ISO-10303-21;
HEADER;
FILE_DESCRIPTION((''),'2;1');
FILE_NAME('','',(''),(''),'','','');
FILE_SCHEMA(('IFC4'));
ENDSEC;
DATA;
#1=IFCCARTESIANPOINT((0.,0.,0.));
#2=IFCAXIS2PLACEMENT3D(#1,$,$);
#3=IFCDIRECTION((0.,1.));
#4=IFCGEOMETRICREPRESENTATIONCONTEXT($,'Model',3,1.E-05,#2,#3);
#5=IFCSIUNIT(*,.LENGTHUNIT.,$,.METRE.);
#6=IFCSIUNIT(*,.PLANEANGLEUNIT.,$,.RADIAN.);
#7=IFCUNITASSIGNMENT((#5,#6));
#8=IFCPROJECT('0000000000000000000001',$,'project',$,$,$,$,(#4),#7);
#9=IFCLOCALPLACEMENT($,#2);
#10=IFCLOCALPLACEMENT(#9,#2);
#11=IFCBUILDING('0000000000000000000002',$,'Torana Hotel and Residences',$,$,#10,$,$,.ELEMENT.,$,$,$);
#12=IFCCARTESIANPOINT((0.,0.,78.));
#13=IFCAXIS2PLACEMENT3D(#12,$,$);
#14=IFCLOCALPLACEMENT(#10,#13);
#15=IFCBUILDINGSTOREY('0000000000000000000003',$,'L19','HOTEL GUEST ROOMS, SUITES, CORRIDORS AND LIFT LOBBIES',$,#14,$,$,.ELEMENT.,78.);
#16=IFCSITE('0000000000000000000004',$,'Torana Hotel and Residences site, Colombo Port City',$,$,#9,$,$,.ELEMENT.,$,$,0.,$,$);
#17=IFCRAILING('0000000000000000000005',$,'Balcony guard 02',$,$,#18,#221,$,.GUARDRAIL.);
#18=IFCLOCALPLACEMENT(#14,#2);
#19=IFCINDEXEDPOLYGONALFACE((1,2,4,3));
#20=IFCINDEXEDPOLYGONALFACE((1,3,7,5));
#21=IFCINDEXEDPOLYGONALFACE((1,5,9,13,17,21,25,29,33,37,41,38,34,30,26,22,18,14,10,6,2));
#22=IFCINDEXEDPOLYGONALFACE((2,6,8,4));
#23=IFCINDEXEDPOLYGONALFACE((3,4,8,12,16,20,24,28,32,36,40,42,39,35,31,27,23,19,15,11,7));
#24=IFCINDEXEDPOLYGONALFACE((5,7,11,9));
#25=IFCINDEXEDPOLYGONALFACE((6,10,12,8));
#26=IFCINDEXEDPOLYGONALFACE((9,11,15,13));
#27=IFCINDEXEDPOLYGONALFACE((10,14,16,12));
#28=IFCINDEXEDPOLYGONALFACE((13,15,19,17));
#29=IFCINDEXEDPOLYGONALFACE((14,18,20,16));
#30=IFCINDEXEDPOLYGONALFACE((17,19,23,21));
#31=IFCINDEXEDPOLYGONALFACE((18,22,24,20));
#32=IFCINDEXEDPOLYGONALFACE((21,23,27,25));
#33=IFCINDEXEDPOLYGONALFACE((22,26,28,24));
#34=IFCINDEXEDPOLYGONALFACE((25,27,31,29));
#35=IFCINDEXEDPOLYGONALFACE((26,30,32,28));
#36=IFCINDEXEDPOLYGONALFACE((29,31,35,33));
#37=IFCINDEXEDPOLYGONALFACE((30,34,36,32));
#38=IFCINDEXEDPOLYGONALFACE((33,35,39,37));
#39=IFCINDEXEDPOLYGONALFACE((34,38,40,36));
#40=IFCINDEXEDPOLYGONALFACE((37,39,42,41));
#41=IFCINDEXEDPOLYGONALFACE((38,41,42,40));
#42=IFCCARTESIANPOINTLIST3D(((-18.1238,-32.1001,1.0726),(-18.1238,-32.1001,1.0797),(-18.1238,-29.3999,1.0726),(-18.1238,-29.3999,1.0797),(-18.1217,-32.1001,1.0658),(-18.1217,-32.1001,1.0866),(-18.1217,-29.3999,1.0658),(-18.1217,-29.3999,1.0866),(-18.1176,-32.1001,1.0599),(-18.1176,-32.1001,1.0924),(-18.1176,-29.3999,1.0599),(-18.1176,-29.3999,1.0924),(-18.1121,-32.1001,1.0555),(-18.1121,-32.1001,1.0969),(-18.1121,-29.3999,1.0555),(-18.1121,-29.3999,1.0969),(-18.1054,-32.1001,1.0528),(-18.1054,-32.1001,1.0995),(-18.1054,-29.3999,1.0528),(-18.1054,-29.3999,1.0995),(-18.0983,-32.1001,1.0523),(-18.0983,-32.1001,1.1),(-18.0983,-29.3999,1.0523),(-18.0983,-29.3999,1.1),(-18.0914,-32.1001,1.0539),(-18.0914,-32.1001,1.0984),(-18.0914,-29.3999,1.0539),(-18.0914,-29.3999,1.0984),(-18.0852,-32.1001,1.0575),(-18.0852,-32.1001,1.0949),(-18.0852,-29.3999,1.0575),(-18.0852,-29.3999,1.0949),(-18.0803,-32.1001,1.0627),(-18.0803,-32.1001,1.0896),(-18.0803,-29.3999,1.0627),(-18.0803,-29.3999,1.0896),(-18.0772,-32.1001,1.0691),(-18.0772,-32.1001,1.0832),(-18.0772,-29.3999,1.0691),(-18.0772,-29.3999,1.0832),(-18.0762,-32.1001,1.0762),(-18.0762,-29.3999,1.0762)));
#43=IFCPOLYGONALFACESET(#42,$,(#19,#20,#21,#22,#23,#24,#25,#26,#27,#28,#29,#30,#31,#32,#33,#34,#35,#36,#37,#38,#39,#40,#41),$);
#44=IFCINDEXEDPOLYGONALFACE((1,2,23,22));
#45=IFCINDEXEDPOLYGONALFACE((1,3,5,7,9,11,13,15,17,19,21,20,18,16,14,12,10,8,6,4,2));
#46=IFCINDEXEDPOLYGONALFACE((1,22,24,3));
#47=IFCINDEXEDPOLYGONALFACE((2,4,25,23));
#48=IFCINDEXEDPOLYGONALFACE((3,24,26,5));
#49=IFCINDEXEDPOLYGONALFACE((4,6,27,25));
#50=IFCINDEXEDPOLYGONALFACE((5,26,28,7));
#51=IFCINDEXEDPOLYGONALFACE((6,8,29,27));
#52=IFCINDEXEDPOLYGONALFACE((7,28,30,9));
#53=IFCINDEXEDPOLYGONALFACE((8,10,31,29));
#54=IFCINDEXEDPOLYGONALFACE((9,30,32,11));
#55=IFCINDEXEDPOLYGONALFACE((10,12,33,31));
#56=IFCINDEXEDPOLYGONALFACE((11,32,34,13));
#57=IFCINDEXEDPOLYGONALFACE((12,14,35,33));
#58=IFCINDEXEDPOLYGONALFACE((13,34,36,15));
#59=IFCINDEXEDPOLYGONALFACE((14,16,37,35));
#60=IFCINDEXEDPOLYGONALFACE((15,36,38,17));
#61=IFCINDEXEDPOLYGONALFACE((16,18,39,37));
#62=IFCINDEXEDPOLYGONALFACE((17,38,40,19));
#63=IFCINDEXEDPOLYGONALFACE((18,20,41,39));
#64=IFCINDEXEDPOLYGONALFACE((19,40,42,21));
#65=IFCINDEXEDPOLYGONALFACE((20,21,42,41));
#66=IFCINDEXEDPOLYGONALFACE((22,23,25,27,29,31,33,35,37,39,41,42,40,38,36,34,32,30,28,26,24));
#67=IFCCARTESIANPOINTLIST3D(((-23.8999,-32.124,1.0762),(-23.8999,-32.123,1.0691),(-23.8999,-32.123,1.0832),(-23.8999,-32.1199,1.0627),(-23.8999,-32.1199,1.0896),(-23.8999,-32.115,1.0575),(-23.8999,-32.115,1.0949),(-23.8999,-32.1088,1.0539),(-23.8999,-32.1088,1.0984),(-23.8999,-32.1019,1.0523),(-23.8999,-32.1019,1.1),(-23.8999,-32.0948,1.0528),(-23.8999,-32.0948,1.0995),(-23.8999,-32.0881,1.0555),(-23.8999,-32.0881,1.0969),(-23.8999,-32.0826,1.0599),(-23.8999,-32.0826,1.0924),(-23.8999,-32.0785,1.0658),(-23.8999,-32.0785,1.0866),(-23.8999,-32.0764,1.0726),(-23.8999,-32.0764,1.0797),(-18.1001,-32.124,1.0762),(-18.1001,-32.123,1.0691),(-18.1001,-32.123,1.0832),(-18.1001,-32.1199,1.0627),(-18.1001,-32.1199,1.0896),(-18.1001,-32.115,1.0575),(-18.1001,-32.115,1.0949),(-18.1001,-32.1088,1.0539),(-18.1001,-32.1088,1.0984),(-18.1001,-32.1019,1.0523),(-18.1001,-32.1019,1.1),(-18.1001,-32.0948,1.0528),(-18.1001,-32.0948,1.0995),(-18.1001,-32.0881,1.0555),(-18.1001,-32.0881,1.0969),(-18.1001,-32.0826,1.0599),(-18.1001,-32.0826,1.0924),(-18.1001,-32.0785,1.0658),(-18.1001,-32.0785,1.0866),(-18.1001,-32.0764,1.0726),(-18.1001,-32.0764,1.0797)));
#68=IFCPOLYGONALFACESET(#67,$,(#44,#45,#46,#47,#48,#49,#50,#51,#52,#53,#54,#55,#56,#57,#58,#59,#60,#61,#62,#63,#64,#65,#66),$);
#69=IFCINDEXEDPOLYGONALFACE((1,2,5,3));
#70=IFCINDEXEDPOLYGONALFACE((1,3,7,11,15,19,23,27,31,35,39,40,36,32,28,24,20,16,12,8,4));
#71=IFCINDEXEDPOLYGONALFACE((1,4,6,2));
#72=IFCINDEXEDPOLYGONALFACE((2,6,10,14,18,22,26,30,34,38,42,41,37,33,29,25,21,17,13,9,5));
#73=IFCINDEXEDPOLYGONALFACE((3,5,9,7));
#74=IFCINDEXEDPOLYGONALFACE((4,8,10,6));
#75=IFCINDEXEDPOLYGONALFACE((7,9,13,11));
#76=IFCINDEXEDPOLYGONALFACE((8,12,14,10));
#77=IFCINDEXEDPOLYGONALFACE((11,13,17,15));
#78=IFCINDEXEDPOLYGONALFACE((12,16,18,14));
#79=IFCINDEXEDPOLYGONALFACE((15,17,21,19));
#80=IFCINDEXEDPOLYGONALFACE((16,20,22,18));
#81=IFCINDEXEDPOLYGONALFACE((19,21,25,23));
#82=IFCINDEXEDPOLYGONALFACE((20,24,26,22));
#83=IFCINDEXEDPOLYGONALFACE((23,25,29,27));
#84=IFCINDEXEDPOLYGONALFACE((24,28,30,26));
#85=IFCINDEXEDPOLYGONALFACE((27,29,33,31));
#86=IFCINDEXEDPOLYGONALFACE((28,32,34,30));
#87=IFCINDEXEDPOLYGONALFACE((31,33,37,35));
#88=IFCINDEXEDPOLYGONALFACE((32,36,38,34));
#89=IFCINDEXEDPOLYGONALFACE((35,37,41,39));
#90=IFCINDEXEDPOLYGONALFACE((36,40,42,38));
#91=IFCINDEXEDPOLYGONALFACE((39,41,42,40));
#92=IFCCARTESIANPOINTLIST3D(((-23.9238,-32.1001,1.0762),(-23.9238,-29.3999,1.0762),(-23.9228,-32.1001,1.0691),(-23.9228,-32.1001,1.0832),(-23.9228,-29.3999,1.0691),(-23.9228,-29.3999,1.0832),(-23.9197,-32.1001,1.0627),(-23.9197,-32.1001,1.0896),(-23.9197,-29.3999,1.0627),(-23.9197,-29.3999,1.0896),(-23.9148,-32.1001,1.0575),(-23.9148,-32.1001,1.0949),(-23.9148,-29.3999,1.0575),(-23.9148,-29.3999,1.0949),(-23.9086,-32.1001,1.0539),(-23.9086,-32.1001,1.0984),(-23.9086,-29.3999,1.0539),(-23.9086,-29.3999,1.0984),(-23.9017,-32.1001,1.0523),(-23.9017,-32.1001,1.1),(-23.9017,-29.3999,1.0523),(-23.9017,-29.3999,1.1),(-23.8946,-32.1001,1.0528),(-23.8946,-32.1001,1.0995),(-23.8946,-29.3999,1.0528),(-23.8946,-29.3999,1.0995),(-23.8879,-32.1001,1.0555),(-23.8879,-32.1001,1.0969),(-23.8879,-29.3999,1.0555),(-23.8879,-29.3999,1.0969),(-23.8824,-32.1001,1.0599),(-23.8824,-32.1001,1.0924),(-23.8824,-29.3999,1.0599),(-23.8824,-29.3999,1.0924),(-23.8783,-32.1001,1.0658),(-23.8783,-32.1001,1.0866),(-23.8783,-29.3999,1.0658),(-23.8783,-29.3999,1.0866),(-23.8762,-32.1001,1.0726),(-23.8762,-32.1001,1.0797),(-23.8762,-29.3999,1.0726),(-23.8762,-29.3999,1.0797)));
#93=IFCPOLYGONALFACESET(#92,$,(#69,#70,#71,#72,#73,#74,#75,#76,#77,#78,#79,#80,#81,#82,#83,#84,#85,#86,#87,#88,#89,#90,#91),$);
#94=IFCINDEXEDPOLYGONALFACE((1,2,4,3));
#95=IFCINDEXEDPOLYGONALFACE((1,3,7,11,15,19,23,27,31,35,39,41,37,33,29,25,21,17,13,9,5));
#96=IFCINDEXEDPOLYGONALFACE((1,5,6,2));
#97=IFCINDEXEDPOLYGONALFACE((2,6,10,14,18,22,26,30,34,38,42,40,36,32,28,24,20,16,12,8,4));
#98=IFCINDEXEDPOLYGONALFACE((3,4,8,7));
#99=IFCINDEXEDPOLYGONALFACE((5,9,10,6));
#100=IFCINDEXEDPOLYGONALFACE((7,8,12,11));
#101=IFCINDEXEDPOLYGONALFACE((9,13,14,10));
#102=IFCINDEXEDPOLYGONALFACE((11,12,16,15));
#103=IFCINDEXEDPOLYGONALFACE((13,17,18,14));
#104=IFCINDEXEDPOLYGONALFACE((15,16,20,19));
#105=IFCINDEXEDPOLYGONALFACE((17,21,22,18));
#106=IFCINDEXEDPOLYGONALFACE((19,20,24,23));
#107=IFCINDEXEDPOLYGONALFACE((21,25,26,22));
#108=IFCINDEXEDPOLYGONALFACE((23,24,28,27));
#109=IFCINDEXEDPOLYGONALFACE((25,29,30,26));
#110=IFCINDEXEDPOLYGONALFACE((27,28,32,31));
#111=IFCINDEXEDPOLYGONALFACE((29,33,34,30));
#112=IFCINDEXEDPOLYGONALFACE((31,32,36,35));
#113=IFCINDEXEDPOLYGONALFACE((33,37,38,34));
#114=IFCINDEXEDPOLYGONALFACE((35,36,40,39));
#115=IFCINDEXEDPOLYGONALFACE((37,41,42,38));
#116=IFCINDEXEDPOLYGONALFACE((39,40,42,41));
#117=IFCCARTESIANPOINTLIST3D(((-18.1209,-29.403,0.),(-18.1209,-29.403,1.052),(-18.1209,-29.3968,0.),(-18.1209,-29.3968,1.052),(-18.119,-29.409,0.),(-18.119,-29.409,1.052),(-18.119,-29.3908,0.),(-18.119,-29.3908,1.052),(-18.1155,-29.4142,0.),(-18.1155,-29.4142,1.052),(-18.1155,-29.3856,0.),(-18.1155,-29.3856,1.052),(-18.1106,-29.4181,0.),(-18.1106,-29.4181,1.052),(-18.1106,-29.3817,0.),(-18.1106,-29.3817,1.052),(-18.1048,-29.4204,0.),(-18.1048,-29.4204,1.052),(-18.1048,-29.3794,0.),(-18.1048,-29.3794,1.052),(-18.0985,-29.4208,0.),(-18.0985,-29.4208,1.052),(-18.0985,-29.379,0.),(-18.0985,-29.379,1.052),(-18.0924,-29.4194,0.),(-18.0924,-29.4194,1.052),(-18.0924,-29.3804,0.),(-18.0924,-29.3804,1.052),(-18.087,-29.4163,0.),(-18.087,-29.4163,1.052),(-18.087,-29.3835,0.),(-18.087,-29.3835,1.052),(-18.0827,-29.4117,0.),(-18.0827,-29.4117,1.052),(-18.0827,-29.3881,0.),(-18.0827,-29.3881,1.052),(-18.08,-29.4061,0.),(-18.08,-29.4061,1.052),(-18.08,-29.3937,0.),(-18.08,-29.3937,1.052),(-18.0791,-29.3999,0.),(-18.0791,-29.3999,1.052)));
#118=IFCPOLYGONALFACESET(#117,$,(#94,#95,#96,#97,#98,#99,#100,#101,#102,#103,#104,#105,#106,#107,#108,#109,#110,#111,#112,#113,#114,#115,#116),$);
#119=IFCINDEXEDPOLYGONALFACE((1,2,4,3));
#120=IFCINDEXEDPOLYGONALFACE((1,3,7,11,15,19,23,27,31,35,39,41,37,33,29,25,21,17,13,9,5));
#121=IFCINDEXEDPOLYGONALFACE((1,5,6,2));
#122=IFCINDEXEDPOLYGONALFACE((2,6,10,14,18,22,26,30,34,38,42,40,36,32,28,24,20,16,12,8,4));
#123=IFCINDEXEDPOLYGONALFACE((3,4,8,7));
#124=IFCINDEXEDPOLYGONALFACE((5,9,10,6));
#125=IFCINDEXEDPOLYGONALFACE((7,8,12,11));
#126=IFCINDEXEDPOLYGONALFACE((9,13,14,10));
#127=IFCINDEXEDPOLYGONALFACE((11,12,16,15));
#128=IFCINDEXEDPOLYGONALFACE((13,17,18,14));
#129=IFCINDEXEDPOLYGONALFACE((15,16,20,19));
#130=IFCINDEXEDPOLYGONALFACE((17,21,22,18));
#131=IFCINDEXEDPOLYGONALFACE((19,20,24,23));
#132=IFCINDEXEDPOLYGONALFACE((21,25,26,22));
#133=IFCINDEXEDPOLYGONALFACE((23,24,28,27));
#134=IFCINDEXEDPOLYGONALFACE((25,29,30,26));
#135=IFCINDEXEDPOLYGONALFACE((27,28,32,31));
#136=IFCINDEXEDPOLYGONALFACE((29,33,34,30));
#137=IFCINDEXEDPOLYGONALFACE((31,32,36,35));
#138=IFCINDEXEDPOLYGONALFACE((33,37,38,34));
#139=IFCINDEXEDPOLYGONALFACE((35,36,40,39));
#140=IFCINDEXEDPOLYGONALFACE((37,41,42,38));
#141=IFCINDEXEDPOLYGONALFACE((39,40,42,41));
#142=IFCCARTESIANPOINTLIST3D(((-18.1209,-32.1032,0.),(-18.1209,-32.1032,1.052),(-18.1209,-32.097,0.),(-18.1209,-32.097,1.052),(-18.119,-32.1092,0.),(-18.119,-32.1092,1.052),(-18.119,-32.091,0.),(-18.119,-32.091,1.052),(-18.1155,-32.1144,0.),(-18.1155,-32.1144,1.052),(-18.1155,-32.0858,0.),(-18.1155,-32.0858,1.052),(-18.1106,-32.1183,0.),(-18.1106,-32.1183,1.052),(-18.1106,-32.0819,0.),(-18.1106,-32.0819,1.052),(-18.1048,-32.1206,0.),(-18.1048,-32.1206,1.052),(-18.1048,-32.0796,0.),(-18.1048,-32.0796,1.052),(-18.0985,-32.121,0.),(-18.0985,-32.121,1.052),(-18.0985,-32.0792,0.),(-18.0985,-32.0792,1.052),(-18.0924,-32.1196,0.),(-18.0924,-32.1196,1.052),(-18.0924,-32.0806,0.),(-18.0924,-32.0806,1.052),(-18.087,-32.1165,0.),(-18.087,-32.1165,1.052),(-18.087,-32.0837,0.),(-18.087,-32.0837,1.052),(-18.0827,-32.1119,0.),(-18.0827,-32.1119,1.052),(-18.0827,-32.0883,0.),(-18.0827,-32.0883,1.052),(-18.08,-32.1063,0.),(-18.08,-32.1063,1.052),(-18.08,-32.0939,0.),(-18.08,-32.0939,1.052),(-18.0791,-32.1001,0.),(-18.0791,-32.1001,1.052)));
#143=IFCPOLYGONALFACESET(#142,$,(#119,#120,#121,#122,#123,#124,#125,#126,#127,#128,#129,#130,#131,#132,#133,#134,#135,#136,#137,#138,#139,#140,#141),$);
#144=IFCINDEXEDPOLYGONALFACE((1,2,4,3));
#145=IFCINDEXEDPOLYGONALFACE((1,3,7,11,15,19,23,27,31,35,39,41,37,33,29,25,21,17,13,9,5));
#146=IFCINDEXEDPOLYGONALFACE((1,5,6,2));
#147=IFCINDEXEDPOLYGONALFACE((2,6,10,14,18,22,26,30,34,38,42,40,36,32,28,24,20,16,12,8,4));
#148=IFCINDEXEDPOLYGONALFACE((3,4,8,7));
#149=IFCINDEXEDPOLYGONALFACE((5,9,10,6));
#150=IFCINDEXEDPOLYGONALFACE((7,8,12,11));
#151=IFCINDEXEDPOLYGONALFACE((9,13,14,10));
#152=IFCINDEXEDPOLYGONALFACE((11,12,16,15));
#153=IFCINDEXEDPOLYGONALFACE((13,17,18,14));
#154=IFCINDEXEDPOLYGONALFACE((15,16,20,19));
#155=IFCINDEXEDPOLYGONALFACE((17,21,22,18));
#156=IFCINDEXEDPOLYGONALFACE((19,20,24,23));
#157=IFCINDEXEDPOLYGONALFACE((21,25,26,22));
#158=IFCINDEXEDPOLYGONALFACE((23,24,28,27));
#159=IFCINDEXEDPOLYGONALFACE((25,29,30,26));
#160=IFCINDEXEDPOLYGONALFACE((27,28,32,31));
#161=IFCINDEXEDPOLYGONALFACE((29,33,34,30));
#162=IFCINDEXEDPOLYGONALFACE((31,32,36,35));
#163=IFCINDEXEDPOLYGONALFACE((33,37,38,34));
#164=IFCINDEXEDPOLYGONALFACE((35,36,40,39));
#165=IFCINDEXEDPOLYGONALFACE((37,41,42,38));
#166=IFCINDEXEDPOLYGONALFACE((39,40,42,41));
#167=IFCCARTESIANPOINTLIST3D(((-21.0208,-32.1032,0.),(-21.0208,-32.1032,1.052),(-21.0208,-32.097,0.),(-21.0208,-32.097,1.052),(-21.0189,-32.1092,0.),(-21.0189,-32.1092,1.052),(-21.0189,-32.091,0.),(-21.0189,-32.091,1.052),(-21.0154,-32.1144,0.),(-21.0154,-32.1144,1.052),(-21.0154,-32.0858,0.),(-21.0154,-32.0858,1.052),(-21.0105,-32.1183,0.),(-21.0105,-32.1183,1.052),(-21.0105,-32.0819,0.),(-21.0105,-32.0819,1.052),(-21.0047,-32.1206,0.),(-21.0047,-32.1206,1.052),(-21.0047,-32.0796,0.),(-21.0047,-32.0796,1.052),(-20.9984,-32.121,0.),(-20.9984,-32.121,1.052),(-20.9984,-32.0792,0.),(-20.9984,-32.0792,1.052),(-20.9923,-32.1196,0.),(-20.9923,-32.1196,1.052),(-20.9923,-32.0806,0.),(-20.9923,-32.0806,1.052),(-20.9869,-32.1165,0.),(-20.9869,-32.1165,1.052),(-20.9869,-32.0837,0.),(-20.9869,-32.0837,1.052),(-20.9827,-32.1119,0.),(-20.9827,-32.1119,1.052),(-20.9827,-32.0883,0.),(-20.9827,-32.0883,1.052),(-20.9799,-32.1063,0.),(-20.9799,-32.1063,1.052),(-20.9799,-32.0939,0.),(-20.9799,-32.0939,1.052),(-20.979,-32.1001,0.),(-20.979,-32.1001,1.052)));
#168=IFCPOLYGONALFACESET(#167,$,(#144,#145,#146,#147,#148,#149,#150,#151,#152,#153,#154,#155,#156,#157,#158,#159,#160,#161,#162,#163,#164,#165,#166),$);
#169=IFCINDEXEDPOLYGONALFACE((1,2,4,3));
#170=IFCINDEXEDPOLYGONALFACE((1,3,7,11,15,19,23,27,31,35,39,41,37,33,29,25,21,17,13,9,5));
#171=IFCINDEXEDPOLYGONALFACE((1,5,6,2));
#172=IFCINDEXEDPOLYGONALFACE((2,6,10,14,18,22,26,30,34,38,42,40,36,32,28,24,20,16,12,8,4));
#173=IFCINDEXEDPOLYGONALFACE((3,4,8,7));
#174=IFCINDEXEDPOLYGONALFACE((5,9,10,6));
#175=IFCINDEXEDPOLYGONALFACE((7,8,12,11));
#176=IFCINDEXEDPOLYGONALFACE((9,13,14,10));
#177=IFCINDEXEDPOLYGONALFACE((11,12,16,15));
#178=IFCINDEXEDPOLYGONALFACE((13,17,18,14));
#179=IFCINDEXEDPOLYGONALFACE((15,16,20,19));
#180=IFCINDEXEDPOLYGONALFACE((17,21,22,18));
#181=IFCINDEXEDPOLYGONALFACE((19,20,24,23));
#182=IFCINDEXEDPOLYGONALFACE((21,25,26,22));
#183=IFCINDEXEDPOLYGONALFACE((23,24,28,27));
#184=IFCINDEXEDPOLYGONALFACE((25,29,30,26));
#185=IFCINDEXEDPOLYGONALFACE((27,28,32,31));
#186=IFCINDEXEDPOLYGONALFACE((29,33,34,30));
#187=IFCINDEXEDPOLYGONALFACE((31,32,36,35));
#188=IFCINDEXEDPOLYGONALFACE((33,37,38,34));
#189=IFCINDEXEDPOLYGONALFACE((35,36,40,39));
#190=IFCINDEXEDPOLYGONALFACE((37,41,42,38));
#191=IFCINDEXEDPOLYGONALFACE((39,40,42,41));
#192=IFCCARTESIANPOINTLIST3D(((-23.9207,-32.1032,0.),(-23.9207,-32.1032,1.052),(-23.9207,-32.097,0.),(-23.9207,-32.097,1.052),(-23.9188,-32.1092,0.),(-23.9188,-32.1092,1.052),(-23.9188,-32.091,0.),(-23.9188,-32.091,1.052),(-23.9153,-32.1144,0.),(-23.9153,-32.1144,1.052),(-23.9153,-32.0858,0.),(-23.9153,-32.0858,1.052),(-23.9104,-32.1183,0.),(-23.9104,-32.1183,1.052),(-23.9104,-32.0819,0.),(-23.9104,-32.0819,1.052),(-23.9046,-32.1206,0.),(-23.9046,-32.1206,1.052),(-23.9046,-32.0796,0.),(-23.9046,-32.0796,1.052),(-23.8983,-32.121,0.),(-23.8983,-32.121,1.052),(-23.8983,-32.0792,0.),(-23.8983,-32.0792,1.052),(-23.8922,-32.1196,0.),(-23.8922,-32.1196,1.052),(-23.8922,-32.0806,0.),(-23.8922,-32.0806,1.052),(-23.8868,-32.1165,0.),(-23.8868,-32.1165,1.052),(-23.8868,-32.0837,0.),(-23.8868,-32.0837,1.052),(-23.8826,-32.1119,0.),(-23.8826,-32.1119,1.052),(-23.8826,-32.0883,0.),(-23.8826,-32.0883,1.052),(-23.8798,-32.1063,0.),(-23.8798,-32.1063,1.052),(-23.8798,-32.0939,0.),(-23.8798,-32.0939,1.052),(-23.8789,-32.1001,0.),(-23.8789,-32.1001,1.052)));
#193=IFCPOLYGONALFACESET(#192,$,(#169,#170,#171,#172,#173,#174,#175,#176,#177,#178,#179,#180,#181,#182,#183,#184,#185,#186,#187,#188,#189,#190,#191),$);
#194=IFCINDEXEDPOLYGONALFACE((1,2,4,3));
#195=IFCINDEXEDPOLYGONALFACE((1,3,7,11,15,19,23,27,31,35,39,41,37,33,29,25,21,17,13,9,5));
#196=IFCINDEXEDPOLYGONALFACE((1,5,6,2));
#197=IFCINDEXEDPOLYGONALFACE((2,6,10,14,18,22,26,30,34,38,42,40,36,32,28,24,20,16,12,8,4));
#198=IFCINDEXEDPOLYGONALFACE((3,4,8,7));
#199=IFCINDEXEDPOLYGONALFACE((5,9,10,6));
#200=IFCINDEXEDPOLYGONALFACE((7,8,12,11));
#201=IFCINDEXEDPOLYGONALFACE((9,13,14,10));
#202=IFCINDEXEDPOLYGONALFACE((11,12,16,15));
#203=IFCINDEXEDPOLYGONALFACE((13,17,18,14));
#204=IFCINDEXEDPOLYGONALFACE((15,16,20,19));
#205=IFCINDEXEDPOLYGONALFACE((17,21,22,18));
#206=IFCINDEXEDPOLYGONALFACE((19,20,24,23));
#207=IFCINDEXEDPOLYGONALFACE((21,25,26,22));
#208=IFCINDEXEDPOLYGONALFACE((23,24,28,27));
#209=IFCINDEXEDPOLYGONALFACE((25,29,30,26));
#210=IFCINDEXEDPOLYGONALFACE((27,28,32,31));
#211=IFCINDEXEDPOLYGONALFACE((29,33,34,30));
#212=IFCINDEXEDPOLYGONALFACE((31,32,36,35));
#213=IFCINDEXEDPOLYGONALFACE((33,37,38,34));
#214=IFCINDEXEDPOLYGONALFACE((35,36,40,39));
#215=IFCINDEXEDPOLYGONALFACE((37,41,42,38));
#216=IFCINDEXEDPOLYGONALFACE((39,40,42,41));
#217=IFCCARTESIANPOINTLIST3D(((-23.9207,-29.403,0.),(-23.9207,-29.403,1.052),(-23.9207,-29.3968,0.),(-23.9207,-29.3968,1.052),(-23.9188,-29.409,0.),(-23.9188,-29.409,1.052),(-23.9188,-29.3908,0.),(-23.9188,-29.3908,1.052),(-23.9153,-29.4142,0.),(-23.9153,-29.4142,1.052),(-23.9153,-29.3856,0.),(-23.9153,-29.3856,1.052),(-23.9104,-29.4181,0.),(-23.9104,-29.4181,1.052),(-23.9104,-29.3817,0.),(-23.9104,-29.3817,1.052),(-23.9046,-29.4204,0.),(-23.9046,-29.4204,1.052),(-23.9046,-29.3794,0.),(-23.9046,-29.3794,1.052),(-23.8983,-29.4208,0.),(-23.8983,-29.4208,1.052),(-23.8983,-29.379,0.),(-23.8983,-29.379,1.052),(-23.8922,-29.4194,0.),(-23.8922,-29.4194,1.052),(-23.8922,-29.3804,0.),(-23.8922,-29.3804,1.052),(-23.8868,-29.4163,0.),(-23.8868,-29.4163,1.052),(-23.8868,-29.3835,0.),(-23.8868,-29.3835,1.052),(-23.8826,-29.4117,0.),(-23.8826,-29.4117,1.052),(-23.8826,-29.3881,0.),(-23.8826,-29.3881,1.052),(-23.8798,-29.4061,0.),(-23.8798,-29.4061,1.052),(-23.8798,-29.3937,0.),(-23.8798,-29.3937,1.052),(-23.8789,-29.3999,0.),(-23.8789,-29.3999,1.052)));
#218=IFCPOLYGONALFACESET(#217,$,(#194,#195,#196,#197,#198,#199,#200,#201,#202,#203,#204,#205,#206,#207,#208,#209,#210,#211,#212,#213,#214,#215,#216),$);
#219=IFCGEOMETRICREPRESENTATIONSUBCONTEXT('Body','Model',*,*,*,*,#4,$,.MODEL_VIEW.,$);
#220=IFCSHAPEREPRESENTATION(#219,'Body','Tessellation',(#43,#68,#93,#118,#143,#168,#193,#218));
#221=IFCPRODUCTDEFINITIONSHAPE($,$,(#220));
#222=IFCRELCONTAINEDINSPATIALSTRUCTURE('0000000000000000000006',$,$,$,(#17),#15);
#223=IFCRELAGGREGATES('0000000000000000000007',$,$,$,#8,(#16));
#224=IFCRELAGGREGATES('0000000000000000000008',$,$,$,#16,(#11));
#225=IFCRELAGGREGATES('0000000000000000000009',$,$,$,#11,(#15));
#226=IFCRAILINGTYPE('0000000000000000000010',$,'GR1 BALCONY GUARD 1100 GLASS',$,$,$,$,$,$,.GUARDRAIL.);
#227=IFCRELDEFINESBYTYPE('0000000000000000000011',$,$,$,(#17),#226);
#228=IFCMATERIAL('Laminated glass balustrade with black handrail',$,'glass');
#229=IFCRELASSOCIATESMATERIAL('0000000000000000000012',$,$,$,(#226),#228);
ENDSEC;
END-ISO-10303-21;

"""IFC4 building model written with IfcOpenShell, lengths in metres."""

from ifc_helpers import new_model, si_unit, direction, frame, origin, origin_2d, place, context, subcontext, project, spatial, circle, extrude, material, type_object, element, save


model = new_model("IFC4")

# Units and contexts
model_context = context("Model", 3, precision=1e-05, world=origin(), true_north=direction((0.0, 1.0)))
body_context = subcontext(model_context, "Body", "Model", "MODEL_VIEW")
ifc_project = project(units=[si_unit("LENGTHUNIT", "METRE"), si_unit("PLANEANGLEUNIT", "RADIAN")], contexts=[model_context])

# Site, building, storey
site_placement = place(None, origin())
site = spatial("IfcSite", under=ifc_project, at=site_placement, Name="Torana Hotel and Residences site, Colombo Port City", CompositionType="ELEMENT", RefElevation=0.0)
building_placement = place(site_placement, origin())
building = spatial("IfcBuilding", under=site, at=building_placement, Name="Torana Hotel and Residences", CompositionType="ELEMENT")
storey_placement = place(building_placement, frame((0.0, 0.0, 78.0)))
storey = spatial("IfcBuildingStorey", under=building, at=storey_placement, Name="L19", Description="HOTEL GUEST ROOMS, SUITES, CORRIDORS AND LIFT LOBBIES", CompositionType="ELEMENT", Elevation=78.0)

# Railing
ifc_material_1 = material(Name="Laminated glass balustrade with black handrail", Category="glass")
railing_type = type_object("IfcRailingType", Name="GR1 BALCONY GUARD 1100 GLASS", PredefinedType="GUARDRAIL", material=ifc_material_1)
railing_placement = place(storey_placement, frame((-18.1001, -29.3999, 0.0)))
element("IfcRailing", 1, at=railing_placement, inside=storey, type_object=railing_type, Name="Balcony guard 02", PredefinedType="GUARDRAIL", context=body_context, shape_type="SweptSolid", body=[
    extrude(circle(Radius=0.0239, at=origin_2d()), frame((0.0, 0.0, 1.0762), z_axis=(0.0, -1.0, 0.0), x_axis=(1.0, 0.0, 0.0)), (0.0, 0.0, 1.0), 2.7002),
    extrude(circle(Radius=0.0239, at=origin_2d()), frame((0.0, -2.7002, 1.0762), z_axis=(-1.0, 0.0, 0.0), x_axis=(0.0, -1.0, 0.0)), (0.0, 0.0, 1.0), 5.7998),
    extrude(circle(Radius=0.0239, at=origin_2d()), frame((-5.7998, -2.7002, 1.0762), z_axis=(0.0, 1.0, 0.0), x_axis=(-1.0, 0.0, 0.0)), (0.0, 0.0, 1.0), 2.7002),
    extrude(circle(Radius=0.021, at=origin_2d()), origin(), (0.0, 0.0, 1.0), 1.052),
    extrude(circle(Radius=0.021, at=origin_2d()), frame((0.0, -2.7002, 0.0)), (0.0, 0.0, 1.0), 1.052),
    extrude(circle(Radius=0.021, at=origin_2d()), frame((-2.8999, -2.7002, 0.0)), (0.0, 0.0, 1.0), 1.052),
    extrude(circle(Radius=0.021, at=origin_2d()), frame((-5.7998, -2.7002, 0.0)), (0.0, 0.0, 1.0), 1.052),
    extrude(circle(Radius=0.021, at=origin_2d()), frame((-5.7998, 0.0, 0.0)), (0.0, 0.0, 1.0), 1.052),
])

save(model, "model.ifc")
